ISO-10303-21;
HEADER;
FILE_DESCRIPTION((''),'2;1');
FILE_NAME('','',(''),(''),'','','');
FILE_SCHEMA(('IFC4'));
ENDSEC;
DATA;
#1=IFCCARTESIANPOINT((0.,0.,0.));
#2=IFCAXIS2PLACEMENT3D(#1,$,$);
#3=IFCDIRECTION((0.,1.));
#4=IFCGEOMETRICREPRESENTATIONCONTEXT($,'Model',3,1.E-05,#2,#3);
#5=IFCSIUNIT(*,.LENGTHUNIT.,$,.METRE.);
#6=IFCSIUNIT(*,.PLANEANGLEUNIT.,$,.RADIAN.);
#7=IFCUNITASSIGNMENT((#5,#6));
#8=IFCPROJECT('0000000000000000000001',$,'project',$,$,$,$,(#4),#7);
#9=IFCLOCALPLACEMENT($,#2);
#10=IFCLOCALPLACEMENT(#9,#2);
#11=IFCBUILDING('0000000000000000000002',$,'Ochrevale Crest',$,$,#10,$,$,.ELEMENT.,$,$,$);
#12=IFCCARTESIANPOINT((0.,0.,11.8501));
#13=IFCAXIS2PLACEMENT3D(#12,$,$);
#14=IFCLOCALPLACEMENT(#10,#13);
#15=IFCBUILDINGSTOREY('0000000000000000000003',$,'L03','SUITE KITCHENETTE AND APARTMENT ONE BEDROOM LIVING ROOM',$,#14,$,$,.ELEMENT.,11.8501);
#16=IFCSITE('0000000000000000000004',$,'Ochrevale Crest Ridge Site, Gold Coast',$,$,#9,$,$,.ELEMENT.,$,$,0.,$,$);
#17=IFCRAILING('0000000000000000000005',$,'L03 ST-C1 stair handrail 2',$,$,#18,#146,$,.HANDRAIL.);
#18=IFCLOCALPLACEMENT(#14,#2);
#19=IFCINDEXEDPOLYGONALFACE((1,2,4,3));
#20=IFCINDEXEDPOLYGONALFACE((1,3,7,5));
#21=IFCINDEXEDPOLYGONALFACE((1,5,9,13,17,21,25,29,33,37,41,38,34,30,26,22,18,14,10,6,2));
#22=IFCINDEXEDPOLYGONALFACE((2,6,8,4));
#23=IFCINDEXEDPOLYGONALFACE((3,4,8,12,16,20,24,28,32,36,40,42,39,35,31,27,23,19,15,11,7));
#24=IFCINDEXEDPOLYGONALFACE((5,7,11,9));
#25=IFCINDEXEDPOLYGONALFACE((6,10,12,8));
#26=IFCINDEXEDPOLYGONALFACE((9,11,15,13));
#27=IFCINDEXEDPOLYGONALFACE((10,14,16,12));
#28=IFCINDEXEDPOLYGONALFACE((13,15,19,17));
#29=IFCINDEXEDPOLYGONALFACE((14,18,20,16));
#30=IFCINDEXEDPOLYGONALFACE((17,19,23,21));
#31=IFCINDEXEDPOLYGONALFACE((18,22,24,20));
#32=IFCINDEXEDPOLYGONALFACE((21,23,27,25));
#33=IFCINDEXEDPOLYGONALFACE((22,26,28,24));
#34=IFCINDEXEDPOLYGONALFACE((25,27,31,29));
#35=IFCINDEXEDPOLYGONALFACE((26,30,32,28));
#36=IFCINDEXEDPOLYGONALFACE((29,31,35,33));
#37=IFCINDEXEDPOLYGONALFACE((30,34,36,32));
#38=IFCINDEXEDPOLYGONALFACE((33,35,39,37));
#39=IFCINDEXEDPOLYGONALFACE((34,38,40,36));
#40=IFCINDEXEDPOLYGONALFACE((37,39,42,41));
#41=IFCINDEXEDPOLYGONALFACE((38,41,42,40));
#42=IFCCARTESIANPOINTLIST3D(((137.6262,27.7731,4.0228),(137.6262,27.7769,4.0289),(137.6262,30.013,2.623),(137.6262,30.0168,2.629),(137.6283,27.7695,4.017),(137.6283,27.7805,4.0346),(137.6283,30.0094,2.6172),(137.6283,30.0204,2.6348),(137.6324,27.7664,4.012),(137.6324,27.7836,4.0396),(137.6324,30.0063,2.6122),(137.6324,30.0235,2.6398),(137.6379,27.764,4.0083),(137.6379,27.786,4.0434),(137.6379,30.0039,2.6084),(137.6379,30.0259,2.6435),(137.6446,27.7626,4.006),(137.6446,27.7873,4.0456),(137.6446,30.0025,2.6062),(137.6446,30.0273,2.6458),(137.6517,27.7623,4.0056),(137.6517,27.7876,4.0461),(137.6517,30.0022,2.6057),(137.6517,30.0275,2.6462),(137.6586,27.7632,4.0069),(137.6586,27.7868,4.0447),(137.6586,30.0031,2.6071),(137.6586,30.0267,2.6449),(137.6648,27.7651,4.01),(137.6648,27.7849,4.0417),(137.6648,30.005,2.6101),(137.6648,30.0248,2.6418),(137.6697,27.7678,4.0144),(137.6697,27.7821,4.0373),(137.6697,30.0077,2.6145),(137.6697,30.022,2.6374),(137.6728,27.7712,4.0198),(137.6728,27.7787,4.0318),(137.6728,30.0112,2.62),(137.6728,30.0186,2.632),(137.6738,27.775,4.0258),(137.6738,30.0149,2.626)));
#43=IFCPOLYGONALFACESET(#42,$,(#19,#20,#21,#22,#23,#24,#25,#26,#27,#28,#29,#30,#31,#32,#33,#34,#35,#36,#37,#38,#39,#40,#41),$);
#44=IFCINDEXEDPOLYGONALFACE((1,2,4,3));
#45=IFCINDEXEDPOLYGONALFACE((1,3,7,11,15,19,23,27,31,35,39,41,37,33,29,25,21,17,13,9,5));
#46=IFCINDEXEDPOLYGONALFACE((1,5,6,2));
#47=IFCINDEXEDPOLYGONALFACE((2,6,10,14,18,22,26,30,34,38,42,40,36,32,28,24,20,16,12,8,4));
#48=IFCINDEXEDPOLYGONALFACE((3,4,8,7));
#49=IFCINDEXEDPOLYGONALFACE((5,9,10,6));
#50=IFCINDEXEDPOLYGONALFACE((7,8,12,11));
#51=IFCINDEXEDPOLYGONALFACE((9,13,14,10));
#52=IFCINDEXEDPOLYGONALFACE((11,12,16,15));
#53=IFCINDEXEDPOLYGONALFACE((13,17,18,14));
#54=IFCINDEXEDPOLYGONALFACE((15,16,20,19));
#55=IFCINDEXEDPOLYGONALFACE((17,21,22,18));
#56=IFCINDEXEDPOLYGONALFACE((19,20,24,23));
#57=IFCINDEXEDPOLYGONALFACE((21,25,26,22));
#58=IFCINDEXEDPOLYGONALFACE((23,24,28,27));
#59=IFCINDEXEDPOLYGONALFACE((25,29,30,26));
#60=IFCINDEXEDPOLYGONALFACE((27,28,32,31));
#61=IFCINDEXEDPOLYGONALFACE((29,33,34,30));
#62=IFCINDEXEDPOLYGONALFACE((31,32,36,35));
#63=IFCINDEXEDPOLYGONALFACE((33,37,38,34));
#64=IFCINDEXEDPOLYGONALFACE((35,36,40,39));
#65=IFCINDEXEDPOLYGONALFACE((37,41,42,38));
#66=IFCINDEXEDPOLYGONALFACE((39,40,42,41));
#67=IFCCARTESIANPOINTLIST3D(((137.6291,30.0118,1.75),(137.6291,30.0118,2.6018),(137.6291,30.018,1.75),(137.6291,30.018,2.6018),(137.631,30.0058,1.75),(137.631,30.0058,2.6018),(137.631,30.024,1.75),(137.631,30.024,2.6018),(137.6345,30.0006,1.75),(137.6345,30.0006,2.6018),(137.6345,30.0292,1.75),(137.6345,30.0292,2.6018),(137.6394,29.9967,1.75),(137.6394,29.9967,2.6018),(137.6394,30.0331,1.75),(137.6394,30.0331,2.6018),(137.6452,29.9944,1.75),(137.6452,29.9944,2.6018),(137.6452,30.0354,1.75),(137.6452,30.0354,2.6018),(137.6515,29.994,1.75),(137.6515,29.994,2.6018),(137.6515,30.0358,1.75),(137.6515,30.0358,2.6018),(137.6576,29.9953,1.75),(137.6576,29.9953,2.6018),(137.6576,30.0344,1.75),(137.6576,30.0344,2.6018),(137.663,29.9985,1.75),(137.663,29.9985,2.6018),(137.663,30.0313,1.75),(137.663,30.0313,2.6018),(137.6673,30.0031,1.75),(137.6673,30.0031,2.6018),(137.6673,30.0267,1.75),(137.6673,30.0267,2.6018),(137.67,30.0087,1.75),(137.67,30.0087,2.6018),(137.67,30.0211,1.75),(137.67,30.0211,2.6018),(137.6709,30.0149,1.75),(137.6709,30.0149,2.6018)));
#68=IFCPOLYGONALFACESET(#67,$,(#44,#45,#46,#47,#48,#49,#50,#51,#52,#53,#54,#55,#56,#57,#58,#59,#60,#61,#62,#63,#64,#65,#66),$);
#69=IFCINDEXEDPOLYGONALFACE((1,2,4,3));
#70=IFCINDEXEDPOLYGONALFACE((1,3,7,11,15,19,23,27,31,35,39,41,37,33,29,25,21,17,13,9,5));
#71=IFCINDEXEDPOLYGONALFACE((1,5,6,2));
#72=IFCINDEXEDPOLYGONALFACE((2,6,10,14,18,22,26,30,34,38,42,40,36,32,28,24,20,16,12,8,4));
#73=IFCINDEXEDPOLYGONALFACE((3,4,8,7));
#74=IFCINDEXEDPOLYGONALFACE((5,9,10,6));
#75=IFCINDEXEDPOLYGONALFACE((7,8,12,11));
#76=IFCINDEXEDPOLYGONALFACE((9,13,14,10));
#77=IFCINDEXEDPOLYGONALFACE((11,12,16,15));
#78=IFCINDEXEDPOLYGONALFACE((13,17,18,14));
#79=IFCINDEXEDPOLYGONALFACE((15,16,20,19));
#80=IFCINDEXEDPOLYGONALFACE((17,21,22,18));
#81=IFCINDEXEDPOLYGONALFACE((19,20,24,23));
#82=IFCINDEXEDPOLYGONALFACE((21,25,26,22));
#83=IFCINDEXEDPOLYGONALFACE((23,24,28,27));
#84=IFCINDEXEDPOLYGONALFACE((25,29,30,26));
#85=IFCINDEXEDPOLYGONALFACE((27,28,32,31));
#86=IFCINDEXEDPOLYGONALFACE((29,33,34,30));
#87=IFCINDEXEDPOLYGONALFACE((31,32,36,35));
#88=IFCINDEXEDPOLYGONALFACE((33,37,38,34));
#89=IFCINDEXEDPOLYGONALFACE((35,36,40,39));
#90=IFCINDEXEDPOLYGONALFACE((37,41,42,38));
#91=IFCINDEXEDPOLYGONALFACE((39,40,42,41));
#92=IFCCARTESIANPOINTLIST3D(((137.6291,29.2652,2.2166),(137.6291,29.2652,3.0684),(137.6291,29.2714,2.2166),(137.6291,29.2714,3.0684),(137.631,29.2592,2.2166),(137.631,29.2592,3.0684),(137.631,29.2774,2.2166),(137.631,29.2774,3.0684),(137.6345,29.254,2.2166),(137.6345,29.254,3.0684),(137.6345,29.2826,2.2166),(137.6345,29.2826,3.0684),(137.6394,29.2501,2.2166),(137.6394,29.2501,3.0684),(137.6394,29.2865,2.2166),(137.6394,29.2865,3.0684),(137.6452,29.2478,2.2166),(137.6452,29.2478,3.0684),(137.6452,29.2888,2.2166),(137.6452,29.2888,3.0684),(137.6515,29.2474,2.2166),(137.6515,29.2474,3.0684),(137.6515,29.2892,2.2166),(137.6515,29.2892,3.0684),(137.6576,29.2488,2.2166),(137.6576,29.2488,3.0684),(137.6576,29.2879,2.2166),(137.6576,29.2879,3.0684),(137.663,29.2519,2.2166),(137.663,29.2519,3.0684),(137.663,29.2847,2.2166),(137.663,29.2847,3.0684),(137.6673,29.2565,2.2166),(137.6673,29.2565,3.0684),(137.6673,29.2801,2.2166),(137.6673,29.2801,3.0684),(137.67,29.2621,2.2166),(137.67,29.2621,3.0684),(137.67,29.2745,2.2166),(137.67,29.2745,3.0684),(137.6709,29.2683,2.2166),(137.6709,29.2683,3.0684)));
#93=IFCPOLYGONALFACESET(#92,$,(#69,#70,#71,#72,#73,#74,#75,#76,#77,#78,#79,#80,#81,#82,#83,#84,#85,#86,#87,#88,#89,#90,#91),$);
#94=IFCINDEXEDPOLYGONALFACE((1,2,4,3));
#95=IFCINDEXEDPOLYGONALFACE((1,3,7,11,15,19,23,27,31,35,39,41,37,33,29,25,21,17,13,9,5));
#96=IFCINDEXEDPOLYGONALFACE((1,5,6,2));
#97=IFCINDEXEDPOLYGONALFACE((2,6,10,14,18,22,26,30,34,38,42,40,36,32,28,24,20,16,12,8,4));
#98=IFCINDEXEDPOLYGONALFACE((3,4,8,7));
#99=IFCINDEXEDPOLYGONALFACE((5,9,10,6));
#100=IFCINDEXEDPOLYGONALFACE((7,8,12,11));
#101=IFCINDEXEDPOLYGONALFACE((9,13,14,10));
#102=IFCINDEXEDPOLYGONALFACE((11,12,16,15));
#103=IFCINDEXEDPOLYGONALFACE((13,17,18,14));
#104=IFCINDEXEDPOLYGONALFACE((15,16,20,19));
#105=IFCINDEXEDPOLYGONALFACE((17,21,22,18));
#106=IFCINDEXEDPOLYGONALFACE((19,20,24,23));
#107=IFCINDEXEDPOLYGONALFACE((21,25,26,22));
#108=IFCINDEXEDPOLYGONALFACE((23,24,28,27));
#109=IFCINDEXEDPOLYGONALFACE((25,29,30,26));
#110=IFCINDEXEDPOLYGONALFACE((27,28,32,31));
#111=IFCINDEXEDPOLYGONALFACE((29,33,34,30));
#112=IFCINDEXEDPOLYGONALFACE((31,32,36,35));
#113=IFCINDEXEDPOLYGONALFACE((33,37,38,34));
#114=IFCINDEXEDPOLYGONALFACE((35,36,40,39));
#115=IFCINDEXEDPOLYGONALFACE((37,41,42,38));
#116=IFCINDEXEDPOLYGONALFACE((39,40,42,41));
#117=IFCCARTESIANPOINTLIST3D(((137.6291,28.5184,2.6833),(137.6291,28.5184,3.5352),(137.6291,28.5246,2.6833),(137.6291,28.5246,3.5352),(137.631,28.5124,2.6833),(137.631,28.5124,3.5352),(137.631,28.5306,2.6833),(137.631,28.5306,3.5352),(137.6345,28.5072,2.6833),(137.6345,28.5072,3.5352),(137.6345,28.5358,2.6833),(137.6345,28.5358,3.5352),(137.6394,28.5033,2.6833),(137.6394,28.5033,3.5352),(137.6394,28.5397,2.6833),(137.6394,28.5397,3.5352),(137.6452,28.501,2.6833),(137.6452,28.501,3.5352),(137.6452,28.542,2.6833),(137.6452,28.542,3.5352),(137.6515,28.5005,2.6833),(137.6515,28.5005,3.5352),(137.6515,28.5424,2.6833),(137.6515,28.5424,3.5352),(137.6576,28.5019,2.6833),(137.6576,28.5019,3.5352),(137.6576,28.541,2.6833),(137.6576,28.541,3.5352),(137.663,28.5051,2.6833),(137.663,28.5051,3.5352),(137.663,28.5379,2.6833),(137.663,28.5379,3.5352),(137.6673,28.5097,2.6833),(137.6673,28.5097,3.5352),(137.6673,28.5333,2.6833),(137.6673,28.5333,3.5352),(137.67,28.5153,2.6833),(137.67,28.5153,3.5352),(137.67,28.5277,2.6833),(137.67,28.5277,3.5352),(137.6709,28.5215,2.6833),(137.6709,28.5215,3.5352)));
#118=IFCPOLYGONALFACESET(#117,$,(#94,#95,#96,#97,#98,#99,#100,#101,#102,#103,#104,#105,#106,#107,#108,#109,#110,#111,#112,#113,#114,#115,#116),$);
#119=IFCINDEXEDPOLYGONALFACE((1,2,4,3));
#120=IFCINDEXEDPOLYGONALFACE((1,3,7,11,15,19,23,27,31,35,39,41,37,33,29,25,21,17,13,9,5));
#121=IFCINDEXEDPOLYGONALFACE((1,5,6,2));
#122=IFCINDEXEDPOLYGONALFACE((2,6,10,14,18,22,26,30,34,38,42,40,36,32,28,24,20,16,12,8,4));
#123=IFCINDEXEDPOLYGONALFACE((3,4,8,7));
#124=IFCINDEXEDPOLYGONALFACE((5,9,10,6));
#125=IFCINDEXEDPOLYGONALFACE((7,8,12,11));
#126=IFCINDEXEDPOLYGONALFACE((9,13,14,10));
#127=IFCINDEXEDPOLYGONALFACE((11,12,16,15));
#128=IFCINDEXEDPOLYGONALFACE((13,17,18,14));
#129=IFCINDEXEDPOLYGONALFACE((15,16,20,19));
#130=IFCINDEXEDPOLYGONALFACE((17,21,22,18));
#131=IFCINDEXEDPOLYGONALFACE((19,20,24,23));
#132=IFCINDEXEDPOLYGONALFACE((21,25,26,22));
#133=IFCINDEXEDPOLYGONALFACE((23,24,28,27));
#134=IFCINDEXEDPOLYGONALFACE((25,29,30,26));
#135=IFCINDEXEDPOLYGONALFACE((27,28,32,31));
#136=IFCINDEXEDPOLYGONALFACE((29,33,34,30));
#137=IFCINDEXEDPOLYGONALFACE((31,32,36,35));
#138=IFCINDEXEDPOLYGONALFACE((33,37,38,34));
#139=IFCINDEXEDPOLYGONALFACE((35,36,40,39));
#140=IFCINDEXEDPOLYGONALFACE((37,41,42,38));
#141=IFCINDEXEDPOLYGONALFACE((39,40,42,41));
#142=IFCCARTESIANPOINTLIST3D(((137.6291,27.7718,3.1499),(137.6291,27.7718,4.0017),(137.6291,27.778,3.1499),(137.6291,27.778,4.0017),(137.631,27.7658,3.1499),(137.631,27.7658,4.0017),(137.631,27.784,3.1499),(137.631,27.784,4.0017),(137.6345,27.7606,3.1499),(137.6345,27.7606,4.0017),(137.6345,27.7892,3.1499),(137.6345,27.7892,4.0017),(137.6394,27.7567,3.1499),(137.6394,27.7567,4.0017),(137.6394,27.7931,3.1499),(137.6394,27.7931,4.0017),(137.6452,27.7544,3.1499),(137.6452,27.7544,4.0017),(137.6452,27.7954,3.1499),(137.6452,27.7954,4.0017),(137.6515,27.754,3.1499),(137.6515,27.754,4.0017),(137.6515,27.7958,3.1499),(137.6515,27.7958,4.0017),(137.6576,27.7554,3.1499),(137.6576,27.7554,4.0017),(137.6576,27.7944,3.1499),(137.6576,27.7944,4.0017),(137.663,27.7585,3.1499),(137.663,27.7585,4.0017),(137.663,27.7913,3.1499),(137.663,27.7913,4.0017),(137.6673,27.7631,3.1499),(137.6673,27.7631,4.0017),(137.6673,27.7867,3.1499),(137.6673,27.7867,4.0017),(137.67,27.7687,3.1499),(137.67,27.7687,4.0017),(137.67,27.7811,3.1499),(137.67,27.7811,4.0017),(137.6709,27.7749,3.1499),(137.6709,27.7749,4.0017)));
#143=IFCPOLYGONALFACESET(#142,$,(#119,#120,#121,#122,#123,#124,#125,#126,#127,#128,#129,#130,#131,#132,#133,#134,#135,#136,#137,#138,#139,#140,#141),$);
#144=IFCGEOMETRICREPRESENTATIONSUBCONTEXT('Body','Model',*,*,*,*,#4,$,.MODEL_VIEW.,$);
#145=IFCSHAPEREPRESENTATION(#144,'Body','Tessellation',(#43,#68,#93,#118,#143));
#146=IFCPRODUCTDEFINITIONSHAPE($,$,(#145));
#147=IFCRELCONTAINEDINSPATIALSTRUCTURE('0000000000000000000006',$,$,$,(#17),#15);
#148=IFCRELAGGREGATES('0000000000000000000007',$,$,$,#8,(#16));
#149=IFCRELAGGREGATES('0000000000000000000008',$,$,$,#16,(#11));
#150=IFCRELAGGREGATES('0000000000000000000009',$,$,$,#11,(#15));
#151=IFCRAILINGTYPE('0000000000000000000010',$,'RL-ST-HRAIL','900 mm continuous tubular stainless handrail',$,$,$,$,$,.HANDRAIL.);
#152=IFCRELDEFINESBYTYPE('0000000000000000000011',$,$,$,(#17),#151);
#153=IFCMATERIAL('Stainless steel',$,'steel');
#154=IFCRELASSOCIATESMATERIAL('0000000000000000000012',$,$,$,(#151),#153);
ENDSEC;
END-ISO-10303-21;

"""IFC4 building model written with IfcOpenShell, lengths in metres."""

from ifc_helpers import new_model, si_unit, direction, frame, origin, origin_2d, place, context, subcontext, project, spatial, circle, extrude, material, type_object, element, save


model = new_model("IFC4")

# Units and contexts
model_context = context("Model", 3, precision=1e-05, world=origin(), true_north=direction((0.0, 1.0)))
body_context = subcontext(model_context, "Body", "Model", "MODEL_VIEW")
ifc_project = project(units=[si_unit("LENGTHUNIT", "METRE"), si_unit("PLANEANGLEUNIT", "RADIAN")], contexts=[model_context])

# Site, building, storey
site_placement = place(None, origin())
site = spatial("IfcSite", under=ifc_project, at=site_placement, Name="Ochrevale Crest Ridge Site, Gold Coast", CompositionType="ELEMENT", RefElevation=0.0)
building_placement = place(site_placement, origin())
building = spatial("IfcBuilding", under=site, at=building_placement, Name="Ochrevale Crest", CompositionType="ELEMENT")
storey_placement = place(building_placement, frame((0.0, 0.0, 11.8501)))
storey = spatial("IfcBuildingStorey", under=building, at=storey_placement, Name="L03", Description="SUITE KITCHENETTE AND APARTMENT ONE BEDROOM LIVING ROOM", CompositionType="ELEMENT", Elevation=11.8501)

# Railing
ifc_material_1 = material(Name="Stainless steel", Category="steel")
railing_type_1 = type_object("IfcRailingType", Name="RL-ST-HRAIL", Description="900 mm continuous tubular stainless handrail", PredefinedType="HANDRAIL", material=ifc_material_1)
railing_1_placement = place(storey_placement, frame((137.6499, 30.0149, 1.75)))
element("IfcRailing", 1, at=railing_1_placement, inside=storey, type_object=railing_type_1, Name="L03 ST-C1 stair handrail 2", PredefinedType="HANDRAIL", context=body_context, shape_type="SweptSolid", body=[
    extrude(circle(Radius=0.0239, at=origin_2d()), frame((0.0, 0.0, 0.876), z_axis=(0.0, -0.848014, 0.529974), x_axis=(1.0, 0.0, 0.0)), (0.0, 0.0, 1.0), 2.6414),
    extrude(circle(Radius=0.021, at=origin_2d()), origin(), (0.0, 0.0, 1.0), 0.8518),
    extrude(circle(Radius=0.021, at=origin_2d()), frame((0.0, -0.7466, 0.4666)), (0.0, 0.0, 1.0), 0.8518),
    extrude(circle(Radius=0.021, at=origin_2d()), frame((0.0, -1.4934, 0.9333)), (0.0, 0.0, 1.0), 0.8518),
    extrude(circle(Radius=0.021, at=origin_2d()), frame((0.0, -2.24, 1.3999)), (0.0, 0.0, 1.0), 0.8518),
])

save(model, "model.ifc")
